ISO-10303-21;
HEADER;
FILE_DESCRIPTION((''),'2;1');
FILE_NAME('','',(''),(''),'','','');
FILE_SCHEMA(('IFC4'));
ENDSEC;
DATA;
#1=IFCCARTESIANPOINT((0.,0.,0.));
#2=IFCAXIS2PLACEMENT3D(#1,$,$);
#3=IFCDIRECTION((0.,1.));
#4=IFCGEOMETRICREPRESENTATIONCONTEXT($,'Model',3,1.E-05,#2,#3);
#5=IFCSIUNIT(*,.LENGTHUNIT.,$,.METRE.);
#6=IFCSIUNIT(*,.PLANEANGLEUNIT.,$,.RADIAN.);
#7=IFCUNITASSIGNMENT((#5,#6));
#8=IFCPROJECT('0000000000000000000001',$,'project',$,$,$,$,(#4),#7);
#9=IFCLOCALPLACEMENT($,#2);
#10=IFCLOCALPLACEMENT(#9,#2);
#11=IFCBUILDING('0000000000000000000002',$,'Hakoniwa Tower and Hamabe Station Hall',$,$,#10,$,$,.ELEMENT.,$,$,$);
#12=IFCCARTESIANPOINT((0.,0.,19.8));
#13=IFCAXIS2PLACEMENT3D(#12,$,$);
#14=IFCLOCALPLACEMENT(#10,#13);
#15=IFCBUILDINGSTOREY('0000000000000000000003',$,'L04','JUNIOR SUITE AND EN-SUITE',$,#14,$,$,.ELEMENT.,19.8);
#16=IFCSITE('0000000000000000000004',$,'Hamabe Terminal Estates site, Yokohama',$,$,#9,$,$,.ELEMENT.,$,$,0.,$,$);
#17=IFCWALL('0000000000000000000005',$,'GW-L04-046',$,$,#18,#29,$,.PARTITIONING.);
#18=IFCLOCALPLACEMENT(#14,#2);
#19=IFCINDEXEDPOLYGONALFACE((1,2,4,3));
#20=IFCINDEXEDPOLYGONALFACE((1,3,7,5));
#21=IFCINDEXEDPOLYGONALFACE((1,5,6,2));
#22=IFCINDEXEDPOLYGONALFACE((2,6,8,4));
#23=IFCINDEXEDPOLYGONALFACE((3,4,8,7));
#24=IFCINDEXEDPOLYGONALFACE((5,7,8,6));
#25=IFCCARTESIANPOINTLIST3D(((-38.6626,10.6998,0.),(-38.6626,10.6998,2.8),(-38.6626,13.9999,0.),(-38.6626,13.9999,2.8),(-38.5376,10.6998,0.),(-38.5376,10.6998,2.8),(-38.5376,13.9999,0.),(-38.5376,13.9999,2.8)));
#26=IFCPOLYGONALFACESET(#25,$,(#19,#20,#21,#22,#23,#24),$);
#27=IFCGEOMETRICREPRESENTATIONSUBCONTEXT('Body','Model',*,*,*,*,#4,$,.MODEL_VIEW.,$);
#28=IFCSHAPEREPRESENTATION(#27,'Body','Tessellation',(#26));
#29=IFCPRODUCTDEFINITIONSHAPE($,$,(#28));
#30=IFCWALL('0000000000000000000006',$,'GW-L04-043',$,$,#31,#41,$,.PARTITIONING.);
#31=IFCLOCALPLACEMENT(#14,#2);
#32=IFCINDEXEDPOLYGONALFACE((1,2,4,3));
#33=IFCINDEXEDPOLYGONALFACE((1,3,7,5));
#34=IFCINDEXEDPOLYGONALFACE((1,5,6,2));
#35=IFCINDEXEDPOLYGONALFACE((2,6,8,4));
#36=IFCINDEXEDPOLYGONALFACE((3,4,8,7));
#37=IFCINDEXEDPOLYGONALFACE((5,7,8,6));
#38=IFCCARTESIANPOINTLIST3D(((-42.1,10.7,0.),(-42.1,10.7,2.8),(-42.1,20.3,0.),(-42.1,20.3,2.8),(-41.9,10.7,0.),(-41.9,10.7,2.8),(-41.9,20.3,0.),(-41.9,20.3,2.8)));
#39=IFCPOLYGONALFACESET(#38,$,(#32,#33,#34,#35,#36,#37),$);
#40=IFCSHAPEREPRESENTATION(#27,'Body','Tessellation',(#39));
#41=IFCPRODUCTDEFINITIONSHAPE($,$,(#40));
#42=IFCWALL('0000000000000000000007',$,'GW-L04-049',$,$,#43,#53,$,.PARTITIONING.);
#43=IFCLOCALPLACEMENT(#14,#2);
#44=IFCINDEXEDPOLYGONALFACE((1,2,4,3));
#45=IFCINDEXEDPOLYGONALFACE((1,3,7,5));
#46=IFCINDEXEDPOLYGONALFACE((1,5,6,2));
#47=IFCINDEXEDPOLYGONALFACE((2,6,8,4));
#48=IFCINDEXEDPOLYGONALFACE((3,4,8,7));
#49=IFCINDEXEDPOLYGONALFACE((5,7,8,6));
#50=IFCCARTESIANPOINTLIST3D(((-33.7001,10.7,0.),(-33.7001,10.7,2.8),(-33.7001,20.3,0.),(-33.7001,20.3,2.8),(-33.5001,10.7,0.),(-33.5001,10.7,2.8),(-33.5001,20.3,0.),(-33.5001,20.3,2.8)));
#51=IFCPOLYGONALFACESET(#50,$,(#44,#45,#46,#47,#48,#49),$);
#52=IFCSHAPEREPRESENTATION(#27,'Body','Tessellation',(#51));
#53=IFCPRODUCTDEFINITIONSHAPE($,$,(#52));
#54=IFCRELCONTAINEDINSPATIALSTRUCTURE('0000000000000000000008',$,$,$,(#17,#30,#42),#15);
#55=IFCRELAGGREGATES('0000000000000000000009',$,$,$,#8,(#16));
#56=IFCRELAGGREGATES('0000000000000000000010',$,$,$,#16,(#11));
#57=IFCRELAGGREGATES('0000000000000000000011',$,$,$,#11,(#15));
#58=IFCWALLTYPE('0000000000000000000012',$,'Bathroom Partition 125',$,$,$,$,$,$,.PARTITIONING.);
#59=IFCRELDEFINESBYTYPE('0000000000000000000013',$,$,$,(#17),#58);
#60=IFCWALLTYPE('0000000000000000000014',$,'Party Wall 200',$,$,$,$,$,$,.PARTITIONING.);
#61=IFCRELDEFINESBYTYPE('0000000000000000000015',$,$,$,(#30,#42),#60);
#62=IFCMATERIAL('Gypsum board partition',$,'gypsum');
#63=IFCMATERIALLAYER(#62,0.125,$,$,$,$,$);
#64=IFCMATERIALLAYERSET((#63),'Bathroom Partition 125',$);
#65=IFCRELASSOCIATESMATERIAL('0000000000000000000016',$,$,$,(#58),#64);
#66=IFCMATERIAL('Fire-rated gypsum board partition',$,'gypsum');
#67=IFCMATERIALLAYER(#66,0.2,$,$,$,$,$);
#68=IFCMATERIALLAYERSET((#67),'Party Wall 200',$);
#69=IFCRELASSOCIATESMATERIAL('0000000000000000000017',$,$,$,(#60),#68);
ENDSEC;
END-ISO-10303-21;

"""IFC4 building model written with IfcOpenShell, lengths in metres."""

from ifc_helpers import new_model, si_unit, direction, frame, frame_2d, origin, place, context, subcontext, project, spatial, rectangle, extrude, material, layer, layer_set, type_object, element, save


model = new_model("IFC4")

# Units and contexts
model_context = context("Model", 3, precision=1e-05, world=origin(), true_north=direction((0.0, 1.0)))
body_context = subcontext(model_context, "Body", "Model", "MODEL_VIEW")
ifc_project = project(units=[si_unit("LENGTHUNIT", "METRE"), si_unit("PLANEANGLEUNIT", "RADIAN")], contexts=[model_context])

# Site, building, storey
site_placement = place(None, origin())
site = spatial("IfcSite", under=ifc_project, at=site_placement, Name="Hamabe Terminal Estates site, Yokohama", CompositionType="ELEMENT", RefElevation=0.0)
building_placement = place(site_placement, origin())
building = spatial("IfcBuilding", under=site, at=building_placement, Name="Hakoniwa Tower and Hamabe Station Hall", CompositionType="ELEMENT")
storey_placement = place(building_placement, frame((0.0, 0.0, 19.8)))
storey = spatial("IfcBuildingStorey", under=building, at=storey_placement, Name="L04", Description="JUNIOR SUITE AND EN-SUITE", CompositionType="ELEMENT", Elevation=19.8)

# Shared definitions
ifc_material_1 = material(Name="Gypsum board partition", Category="gypsum")
ifc_layer_1 = layer(ifc_material_1, 0.125)
ifc_layer_set_1 = layer_set([ifc_layer_1], Name="Bathroom Partition 125")
wall_type_1 = type_object("IfcWallType", Name="Bathroom Partition 125", PredefinedType="PARTITIONING", material=ifc_layer_set_1)

# Walls
wall_1_placement = place(storey_placement, frame((-38.6001, 10.7, 0.0), z_axis=(0.0, 0.0, 1.0), x_axis=(0.0, 1.0, 0.0)))
element("IfcWall", 1, at=wall_1_placement, inside=storey, type_object=wall_type_1, Name="GW-L04-046", PredefinedType="PARTITIONING", context=body_context, shape_type="SweptSolid", body=[
    extrude(rectangle(XDim=3.3, YDim=0.125, at=frame_2d((1.6499, 0.0))), origin(), (0.0, 0.0, 1.0), 2.8),
])
ifc_material_2 = material(Name="Fire-rated gypsum board partition", Category="gypsum")
ifc_layer_2 = layer(ifc_material_2, 0.2)
ifc_layer_set_2 = layer_set([ifc_layer_2], Name="Party Wall 200")
wall_type_2 = type_object("IfcWallType", Name="Party Wall 200", PredefinedType="PARTITIONING", material=ifc_layer_set_2)
for number, where, z_axis, x_axis, name in (
    (2, (-42.0, 10.7, 0.0), (0.0, 0.0, 1.0), (0.0, 1.0, 0.0), "GW-L04-043"),
    (3, (-33.6001, 10.7, 0.0), (0.0, 0.0, 1.0), (0.0, 1.0, 0.0), "GW-L04-049"),
):
    element("IfcWall", number, at=place(storey_placement, frame(where, z_axis=z_axis, x_axis=x_axis)), inside=storey, type_object=wall_type_2, Name=name, PredefinedType="PARTITIONING", context=body_context, shape_type="SweptSolid", body=[
        extrude(rectangle(XDim=9.6001, YDim=0.2, at=frame_2d((4.8, 0.0))), origin(), (0.0, 0.0, 1.0), 2.8),
    ])

save(model, "model.ifc")
